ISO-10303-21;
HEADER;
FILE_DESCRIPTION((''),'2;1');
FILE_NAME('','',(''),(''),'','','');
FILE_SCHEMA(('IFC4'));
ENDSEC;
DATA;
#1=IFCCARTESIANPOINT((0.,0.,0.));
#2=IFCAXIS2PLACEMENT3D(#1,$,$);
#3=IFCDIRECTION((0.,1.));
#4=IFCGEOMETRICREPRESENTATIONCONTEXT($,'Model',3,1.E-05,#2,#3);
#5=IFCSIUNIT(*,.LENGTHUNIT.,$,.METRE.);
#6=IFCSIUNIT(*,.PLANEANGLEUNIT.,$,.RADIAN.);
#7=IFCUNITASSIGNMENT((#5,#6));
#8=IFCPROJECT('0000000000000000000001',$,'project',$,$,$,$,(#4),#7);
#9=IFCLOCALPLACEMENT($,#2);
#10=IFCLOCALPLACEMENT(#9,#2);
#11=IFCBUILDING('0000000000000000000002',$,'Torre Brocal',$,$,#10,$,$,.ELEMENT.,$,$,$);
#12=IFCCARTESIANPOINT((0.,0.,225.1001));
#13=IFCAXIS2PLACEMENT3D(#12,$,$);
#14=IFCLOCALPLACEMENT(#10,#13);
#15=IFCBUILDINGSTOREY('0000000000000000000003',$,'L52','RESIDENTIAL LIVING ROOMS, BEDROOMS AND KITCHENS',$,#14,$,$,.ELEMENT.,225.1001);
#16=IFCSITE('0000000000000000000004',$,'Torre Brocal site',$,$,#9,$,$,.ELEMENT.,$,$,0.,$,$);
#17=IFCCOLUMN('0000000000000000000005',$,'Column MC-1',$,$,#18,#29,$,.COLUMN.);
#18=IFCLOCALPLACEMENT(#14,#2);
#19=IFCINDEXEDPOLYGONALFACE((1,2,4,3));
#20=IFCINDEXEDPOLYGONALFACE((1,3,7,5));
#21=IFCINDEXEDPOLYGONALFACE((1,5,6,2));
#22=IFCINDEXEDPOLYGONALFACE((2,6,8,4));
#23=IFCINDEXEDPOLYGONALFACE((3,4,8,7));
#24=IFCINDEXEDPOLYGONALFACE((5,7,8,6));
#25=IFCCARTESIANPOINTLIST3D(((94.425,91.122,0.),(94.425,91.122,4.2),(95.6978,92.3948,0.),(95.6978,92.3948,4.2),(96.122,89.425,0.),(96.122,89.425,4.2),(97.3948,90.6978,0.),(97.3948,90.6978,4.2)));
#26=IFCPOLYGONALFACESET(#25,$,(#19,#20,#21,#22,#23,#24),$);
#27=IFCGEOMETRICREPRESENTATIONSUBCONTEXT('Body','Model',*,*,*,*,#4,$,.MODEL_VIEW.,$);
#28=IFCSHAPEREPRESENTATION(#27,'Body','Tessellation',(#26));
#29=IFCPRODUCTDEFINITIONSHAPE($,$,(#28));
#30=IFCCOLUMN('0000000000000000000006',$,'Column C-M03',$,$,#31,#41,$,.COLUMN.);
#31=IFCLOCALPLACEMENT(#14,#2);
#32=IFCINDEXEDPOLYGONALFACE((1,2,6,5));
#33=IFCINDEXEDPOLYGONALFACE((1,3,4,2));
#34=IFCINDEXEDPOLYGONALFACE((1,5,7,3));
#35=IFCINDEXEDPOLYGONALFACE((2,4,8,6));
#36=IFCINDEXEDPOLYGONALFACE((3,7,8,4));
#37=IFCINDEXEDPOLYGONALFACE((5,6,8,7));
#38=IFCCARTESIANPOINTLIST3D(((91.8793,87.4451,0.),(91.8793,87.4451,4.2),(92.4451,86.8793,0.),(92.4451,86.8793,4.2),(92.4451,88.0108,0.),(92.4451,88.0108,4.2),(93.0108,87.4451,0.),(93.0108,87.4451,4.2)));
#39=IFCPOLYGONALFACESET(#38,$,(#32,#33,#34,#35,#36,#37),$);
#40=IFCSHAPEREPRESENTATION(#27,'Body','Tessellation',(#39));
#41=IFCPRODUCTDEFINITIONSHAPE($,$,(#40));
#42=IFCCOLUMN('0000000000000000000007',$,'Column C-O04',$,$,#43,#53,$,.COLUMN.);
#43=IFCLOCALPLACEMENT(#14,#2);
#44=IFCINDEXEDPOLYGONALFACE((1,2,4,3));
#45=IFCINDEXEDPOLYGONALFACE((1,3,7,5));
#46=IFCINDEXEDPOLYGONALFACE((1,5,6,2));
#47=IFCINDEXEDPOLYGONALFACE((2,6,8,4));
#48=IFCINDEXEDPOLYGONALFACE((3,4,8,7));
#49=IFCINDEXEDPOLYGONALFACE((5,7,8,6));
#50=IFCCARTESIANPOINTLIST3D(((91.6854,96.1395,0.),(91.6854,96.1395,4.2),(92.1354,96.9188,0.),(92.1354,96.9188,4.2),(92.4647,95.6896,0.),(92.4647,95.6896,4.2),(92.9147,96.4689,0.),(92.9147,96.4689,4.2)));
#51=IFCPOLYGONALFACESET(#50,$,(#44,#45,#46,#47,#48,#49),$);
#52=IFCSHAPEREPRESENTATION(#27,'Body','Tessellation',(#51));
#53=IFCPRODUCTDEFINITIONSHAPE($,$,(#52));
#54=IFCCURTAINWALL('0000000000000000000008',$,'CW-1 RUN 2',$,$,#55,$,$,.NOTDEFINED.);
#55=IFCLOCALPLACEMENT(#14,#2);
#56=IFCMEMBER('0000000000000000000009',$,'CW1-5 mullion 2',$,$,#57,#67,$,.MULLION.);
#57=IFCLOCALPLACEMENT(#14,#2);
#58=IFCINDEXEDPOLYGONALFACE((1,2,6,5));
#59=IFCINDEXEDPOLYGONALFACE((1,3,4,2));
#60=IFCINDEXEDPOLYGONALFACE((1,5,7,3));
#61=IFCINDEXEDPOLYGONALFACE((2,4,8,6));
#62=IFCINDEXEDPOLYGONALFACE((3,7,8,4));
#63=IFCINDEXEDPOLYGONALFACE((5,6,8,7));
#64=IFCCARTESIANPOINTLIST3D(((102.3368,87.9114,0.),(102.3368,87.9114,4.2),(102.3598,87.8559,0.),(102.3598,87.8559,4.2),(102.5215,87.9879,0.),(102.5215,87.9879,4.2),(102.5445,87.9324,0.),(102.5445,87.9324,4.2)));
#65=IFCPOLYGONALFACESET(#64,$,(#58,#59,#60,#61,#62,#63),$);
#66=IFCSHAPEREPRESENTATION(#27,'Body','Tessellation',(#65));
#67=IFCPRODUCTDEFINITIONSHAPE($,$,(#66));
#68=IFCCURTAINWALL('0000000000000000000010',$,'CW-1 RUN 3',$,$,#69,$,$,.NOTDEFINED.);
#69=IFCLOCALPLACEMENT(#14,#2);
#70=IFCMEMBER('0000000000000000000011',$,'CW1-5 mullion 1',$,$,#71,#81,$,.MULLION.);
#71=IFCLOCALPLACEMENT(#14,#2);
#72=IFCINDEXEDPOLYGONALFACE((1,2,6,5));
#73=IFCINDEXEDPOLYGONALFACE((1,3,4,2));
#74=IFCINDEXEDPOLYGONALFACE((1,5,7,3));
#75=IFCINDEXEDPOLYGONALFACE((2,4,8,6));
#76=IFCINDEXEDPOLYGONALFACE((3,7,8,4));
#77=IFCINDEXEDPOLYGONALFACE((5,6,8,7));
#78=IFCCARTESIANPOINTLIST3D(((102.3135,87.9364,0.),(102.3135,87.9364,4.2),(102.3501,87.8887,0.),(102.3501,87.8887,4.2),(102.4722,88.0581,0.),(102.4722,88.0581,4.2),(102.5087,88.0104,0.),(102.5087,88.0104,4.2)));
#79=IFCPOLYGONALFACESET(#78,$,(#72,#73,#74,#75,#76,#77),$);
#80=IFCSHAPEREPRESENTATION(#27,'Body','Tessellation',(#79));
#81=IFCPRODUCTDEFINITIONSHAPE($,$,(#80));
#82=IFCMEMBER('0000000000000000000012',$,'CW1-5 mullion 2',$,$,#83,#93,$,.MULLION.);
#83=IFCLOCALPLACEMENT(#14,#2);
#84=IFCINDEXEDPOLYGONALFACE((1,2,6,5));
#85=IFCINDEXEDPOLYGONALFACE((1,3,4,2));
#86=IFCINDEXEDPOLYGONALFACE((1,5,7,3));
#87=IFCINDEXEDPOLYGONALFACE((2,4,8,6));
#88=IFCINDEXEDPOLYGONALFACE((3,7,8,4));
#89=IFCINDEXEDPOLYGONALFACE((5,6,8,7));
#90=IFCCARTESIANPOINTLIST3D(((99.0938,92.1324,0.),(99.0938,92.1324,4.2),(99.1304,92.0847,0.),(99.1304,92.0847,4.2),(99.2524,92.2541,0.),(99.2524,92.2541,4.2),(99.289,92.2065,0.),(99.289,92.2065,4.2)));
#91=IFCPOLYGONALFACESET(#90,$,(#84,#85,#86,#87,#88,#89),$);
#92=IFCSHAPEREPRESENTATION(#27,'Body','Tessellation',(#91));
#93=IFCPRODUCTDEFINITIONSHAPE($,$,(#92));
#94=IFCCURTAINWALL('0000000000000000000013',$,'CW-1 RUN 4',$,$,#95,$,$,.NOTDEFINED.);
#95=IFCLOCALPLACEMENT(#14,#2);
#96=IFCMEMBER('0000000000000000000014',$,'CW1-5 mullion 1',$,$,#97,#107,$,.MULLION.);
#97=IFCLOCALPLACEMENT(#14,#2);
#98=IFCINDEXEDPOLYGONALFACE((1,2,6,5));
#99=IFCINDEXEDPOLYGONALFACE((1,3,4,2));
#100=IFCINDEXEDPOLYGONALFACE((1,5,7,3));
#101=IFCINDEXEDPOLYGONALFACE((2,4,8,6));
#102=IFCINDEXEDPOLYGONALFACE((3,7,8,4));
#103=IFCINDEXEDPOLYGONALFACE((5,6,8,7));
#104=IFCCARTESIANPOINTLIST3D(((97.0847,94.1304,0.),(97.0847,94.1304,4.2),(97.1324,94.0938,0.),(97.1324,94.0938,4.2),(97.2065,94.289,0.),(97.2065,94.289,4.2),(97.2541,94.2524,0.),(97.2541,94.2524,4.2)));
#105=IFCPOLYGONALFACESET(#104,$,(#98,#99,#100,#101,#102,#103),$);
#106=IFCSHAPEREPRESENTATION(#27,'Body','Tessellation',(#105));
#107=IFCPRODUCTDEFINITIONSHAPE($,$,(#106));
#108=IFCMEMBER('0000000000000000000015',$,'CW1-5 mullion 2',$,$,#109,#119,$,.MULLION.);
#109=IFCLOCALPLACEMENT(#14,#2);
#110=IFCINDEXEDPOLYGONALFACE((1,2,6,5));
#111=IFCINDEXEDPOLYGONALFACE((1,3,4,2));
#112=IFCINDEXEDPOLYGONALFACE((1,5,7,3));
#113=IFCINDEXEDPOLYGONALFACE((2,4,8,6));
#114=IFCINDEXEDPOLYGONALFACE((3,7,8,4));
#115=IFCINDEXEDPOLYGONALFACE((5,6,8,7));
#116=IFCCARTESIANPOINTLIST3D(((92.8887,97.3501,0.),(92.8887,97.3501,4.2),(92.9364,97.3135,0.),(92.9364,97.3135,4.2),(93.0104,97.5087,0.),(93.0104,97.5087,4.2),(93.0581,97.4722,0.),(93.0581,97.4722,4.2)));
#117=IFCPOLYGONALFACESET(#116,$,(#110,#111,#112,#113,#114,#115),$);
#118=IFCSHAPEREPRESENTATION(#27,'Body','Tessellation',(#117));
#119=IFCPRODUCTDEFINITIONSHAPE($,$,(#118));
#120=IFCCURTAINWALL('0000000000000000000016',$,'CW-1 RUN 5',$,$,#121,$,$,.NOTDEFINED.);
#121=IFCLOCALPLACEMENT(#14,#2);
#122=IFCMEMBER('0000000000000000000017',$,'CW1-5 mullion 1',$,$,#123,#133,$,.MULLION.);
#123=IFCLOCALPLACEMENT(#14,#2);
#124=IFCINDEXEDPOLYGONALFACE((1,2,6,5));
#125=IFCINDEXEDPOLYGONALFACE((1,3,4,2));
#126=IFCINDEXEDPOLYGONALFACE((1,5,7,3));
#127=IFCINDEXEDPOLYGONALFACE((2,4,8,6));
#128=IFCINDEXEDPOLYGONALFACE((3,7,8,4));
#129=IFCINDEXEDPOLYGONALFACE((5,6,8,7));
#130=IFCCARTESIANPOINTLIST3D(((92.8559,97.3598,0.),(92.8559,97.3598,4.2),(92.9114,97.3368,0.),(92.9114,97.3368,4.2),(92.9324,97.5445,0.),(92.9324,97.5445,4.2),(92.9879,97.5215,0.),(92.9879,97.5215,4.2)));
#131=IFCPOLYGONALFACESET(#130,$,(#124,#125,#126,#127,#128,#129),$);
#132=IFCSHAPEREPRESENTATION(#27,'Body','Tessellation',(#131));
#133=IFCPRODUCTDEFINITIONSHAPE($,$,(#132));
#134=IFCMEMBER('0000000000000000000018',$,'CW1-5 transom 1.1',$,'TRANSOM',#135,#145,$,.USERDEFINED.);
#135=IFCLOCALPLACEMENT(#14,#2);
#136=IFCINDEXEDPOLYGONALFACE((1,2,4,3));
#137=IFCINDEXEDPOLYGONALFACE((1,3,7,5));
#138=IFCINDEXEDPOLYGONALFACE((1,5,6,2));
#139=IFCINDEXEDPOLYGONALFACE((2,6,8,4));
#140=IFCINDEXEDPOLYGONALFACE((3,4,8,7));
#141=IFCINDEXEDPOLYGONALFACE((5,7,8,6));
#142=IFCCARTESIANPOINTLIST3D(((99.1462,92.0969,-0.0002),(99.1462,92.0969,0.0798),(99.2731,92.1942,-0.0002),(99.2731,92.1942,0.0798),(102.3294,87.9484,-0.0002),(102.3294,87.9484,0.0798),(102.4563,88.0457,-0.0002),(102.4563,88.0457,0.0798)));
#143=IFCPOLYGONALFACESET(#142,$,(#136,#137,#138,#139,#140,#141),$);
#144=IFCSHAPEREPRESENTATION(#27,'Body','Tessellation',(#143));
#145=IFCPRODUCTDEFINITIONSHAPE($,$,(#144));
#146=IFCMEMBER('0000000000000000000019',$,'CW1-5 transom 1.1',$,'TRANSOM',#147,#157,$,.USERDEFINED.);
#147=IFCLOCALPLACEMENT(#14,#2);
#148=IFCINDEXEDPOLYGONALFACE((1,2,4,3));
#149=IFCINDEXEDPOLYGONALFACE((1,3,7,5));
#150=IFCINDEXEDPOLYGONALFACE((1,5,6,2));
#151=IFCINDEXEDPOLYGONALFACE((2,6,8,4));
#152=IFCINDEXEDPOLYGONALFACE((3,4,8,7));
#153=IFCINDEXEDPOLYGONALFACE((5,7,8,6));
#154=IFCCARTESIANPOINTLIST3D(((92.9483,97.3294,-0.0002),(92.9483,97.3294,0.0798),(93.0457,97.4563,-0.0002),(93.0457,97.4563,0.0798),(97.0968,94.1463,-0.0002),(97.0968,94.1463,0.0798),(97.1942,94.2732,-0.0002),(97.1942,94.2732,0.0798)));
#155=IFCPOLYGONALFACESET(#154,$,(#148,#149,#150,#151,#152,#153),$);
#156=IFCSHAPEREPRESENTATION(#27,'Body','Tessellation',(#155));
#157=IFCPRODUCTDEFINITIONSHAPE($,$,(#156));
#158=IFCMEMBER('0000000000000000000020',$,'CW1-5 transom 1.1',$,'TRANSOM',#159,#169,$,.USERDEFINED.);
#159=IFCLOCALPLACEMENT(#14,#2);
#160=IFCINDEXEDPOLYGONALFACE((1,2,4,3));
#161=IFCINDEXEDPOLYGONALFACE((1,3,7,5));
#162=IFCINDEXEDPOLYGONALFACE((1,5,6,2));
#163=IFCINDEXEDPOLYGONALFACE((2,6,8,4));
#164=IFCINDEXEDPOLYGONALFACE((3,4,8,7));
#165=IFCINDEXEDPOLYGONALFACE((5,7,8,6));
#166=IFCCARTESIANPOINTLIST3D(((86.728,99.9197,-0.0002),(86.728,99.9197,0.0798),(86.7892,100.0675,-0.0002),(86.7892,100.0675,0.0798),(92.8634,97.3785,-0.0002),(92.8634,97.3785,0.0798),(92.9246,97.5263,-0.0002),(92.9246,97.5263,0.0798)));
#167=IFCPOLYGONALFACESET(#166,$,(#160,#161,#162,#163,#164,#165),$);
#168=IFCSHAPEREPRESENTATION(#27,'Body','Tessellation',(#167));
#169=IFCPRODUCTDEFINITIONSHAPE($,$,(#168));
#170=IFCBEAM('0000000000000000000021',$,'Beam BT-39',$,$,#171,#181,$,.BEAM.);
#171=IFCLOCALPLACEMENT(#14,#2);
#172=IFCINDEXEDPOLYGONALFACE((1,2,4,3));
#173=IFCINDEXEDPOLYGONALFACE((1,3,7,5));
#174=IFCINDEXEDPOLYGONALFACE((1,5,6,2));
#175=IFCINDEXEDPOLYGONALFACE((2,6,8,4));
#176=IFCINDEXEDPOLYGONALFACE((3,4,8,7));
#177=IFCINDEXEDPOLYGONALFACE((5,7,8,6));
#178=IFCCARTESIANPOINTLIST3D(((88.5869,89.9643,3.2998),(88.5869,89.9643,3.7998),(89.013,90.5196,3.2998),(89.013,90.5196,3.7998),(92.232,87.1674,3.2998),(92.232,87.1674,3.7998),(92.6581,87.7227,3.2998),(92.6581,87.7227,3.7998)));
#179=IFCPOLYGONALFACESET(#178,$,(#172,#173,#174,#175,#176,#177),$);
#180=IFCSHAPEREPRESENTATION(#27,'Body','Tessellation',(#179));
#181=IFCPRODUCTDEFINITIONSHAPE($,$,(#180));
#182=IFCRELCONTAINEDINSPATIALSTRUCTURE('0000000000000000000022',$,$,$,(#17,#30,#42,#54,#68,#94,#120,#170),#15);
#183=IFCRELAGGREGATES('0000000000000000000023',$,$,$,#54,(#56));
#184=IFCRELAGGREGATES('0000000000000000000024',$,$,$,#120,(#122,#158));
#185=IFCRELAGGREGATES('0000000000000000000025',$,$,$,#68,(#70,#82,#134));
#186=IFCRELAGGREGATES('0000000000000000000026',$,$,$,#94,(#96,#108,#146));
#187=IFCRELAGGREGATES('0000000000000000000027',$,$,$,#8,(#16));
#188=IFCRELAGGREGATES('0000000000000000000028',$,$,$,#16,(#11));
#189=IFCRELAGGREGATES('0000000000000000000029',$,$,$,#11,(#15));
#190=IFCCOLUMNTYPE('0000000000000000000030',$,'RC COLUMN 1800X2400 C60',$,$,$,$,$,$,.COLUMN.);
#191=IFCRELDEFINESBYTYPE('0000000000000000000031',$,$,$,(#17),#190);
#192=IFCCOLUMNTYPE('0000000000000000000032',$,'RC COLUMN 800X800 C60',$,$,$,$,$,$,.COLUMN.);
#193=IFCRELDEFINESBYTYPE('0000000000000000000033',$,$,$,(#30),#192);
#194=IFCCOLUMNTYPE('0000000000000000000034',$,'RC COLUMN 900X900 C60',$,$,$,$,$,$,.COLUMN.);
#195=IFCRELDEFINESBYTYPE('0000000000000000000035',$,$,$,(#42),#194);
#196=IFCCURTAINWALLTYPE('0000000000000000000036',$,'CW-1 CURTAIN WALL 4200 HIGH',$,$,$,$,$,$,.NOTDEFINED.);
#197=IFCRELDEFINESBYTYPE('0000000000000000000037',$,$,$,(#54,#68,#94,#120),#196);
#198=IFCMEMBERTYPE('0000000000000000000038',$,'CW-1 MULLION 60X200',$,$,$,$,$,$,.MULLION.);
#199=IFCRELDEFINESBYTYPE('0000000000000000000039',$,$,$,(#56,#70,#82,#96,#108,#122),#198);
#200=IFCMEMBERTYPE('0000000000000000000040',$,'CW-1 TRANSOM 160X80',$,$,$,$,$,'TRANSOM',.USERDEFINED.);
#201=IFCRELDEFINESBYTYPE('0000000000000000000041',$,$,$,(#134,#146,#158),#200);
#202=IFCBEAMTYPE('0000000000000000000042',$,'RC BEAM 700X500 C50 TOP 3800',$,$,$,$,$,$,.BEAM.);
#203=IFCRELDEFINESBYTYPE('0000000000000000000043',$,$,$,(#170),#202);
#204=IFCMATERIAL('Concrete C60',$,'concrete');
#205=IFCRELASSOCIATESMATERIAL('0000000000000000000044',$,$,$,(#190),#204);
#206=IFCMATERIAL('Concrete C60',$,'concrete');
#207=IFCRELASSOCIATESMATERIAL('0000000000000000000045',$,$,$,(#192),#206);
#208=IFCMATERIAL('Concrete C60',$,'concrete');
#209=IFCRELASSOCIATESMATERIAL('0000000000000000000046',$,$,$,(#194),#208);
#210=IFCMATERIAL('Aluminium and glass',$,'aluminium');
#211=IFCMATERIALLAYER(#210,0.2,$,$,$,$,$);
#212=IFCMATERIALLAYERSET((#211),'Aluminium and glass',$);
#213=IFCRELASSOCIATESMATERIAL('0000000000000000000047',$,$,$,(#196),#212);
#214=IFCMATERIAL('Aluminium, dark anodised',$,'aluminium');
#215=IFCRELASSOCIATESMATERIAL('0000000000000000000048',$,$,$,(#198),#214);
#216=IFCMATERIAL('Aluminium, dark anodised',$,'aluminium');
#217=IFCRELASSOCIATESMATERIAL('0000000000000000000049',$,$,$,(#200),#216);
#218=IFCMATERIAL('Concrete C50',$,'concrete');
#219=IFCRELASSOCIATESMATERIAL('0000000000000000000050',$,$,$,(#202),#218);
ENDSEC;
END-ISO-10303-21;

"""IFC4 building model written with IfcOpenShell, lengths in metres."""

from ifc_helpers import new_model, si_unit, direction, frame, origin, origin_2d, place, context, subcontext, project, spatial, rectangle, extrude, material, layer, layer_set, material_profile, profile_set, type_object, element, aggregate, save


model = new_model("IFC4")

# Units and contexts
model_context = context("Model", 3, precision=1e-05, world=origin(), true_north=direction((0.0, 1.0)))
body_context = subcontext(model_context, "Body", "Model", "MODEL_VIEW")
ifc_project = project(units=[si_unit("LENGTHUNIT", "METRE"), si_unit("PLANEANGLEUNIT", "RADIAN")], contexts=[model_context])

# Site, building, storey
site_placement = place(None, origin())
site = spatial("IfcSite", under=ifc_project, at=site_placement, Name="Torre Brocal site", CompositionType="ELEMENT", RefElevation=0.0)
building_placement = place(site_placement, origin())
building = spatial("IfcBuilding", under=site, at=building_placement, Name="Torre Brocal", CompositionType="ELEMENT")
storey_placement = place(building_placement, frame((0.0, 0.0, 225.1001)))
storey = spatial("IfcBuildingStorey", under=building, at=storey_placement, Name="L52", Description="RESIDENTIAL LIVING ROOMS, BEDROOMS AND KITCHENS", CompositionType="ELEMENT", Elevation=225.1001)

# Columns
ifc_material_1 = material(Name="Concrete C60", Category="concrete")
ifc_material_profile_1 = material_profile(ifc_material_1, rectangle(XDim=1.8, YDim=2.3999, at=origin_2d()), Name="RC 1800X2400")
ifc_profile_set_1 = profile_set([ifc_material_profile_1], Name="Concrete C60")
column_type_1 = type_object("IfcColumnType", Name="RC COLUMN 1800X2400 C60", PredefinedType="COLUMN", material=ifc_profile_set_1)
column_1_placement = place(storey_placement, frame((95.9099, 90.9099, 0.0), z_axis=(0.0, 0.0, 1.0), x_axis=(0.707107, 0.707107, 0.0)))
element("IfcColumn", 1, at=column_1_placement, inside=storey, type_object=column_type_1, Name="Column MC-1", PredefinedType="COLUMN", context=body_context, shape_type="SweptSolid", body=[
    extrude(rectangle(XDim=1.8, YDim=2.3999, at=origin_2d()), origin(), (0.0, 0.0, 1.0), 4.2),
])
ifc_material_2 = material(Name="Concrete C60", Category="concrete")
ifc_material_profile_2 = material_profile(ifc_material_2, rectangle(XDim=0.8, YDim=0.8, at=origin_2d()), Name="RC 800X800")
ifc_profile_set_2 = profile_set([ifc_material_profile_2], Name="Concrete C60")
column_type_2 = type_object("IfcColumnType", Name="RC COLUMN 800X800 C60", PredefinedType="COLUMN", material=ifc_profile_set_2)
column_2_placement = place(storey_placement, frame((92.4451, 87.4451, 0.0), z_axis=(0.0, 0.0, 1.0), x_axis=(0.707107, 0.707107, 0.0)))
element("IfcColumn", 2, at=column_2_placement, inside=storey, type_object=column_type_2, Name="Column C-M03", PredefinedType="COLUMN", context=body_context, shape_type="SweptSolid", body=[
    extrude(rectangle(XDim=0.8, YDim=0.8, at=origin_2d()), origin(), (0.0, 0.0, 1.0), 4.2),
])
ifc_material_3 = material(Name="Concrete C60", Category="concrete")
ifc_material_profile_3 = material_profile(ifc_material_3, rectangle(XDim=0.8999, YDim=0.8999, at=origin_2d()), Name="RC 900X900")
ifc_profile_set_3 = profile_set([ifc_material_profile_3], Name="Concrete C60")
column_type_3 = type_object("IfcColumnType", Name="RC COLUMN 900X900 C60", PredefinedType="COLUMN", material=ifc_profile_set_3)
column_3_placement = place(storey_placement, frame((92.3, 96.3042, 0.0), z_axis=(0.0, 0.0, 1.0), x_axis=(0.5, 0.866025, 0.0)))
element("IfcColumn", 3, at=column_3_placement, inside=storey, type_object=column_type_3, Name="Column C-O04", PredefinedType="COLUMN", context=body_context, shape_type="SweptSolid", body=[
    extrude(rectangle(XDim=0.8999, YDim=0.8999, at=origin_2d()), origin(), (0.0, 0.0, 1.0), 4.2),
])

# Curtain wall, member
ifc_material_4 = material(Name="Aluminium and glass", Category="aluminium")
ifc_layer_1 = layer(ifc_material_4, 0.2)
ifc_layer_set_1 = layer_set([ifc_layer_1], Name="Aluminium and glass")
curtain_wall_type = type_object("IfcCurtainWallType", Name="CW-1 CURTAIN WALL 4200 HIGH", PredefinedType="NOTDEFINED", material=ifc_layer_set_1)
curtain_wall_1_placement = place(storey_placement, origin())
curtain_wall_1 = element("IfcCurtainWall", 4, at=curtain_wall_1_placement, inside=storey, type_object=curtain_wall_type, Name="CW-1 RUN 2", PredefinedType="NOTDEFINED")
ifc_material_5 = material(Name="Aluminium, dark anodised", Category="aluminium")
ifc_material_profile_4 = material_profile(ifc_material_5, rectangle(XDim=0.2, YDim=0.0601, at=origin_2d()), Name="CW-1 MULLION 60X200")
ifc_profile_set_4 = profile_set([ifc_material_profile_4], Name="Aluminium, dark anodised")
member_type_1 = type_object("IfcMemberType", Name="CW-1 MULLION 60X200", PredefinedType="MULLION", material=ifc_profile_set_4)
member_1_placement = place(storey_placement, frame((102.4407, 87.9219, 0.0), z_axis=(0.0, 0.0, 1.0), x_axis=(-0.92388, -0.382683, 0.0)))
member_1 = element("IfcMember", 5, at=member_1_placement, type_object=member_type_1, Name="CW1-5 mullion 2", PredefinedType="MULLION", context=body_context, shape_type="SweptSolid", body=[
    extrude(rectangle(XDim=0.2, YDim=0.0601, at=origin_2d()), origin(), (0.0, 0.0, 1.0), 4.2),
])
aggregate(curtain_wall_1, [member_1])

# Curtain walls, members
curtain_wall_2_placement = place(storey_placement, origin())
curtain_wall_2 = element("IfcCurtainWall", 6, at=curtain_wall_2_placement, inside=storey, type_object=curtain_wall_type, Name="CW-1 RUN 3", PredefinedType="NOTDEFINED")
member_2_placement = place(storey_placement, frame((102.4111, 87.9734, 0.0), z_axis=(0.0, 0.0, 1.0), x_axis=(-0.793353, -0.608761, 0.0)))
member_2 = element("IfcMember", 7, at=member_2_placement, type_object=member_type_1, Name="CW1-5 mullion 1", PredefinedType="MULLION", context=body_context, shape_type="SweptSolid", body=[
    extrude(rectangle(XDim=0.2, YDim=0.0601, at=origin_2d()), origin(), (0.0, 0.0, 1.0), 4.2),
])
member_3_placement = place(storey_placement, frame((99.1914, 92.1694, 0.0), z_axis=(0.0, 0.0, 1.0), x_axis=(-0.793353, -0.608761, 0.0)))
member_3 = element("IfcMember", 8, at=member_3_placement, type_object=member_type_1, Name="CW1-5 mullion 2", PredefinedType="MULLION", context=body_context, shape_type="SweptSolid", body=[
    extrude(rectangle(XDim=0.2, YDim=0.0601, at=origin_2d()), origin(), (0.0, 0.0, 1.0), 4.2),
])
curtain_wall_3_placement = place(storey_placement, origin())
curtain_wall_3 = element("IfcCurtainWall", 9, at=curtain_wall_3_placement, inside=storey, type_object=curtain_wall_type, Name="CW-1 RUN 4", PredefinedType="NOTDEFINED")
member_4_placement = place(storey_placement, frame((97.1694, 94.1914, 0.0), z_axis=(0.0, 0.0, 1.0), x_axis=(-0.608761, -0.793353, 0.0)))
member_4 = element("IfcMember", 10, at=member_4_placement, type_object=member_type_1, Name="CW1-5 mullion 1", PredefinedType="MULLION", context=body_context, shape_type="SweptSolid", body=[
    extrude(rectangle(XDim=0.2, YDim=0.0601, at=origin_2d()), origin(), (0.0, 0.0, 1.0), 4.2),
])
member_5_placement = place(storey_placement, frame((92.9734, 97.4111, 0.0), z_axis=(0.0, 0.0, 1.0), x_axis=(-0.608761, -0.793353, 0.0)))
member_5 = element("IfcMember", 11, at=member_5_placement, type_object=member_type_1, Name="CW1-5 mullion 2", PredefinedType="MULLION", context=body_context, shape_type="SweptSolid", body=[
    extrude(rectangle(XDim=0.2, YDim=0.0601, at=origin_2d()), origin(), (0.0, 0.0, 1.0), 4.2),
])

# Curtain wall, member
curtain_wall_4_placement = place(storey_placement, origin())
curtain_wall_4 = element("IfcCurtainWall", 12, at=curtain_wall_4_placement, inside=storey, type_object=curtain_wall_type, Name="CW-1 RUN 5", PredefinedType="NOTDEFINED")
member_6_placement = place(storey_placement, frame((92.9219, 97.4407, 0.0), z_axis=(0.0, 0.0, 1.0), x_axis=(-0.382683, -0.92388, 0.0)))
member_6 = element("IfcMember", 13, at=member_6_placement, type_object=member_type_1, Name="CW1-5 mullion 1", PredefinedType="MULLION", context=body_context, shape_type="SweptSolid", body=[
    extrude(rectangle(XDim=0.2, YDim=0.0601, at=origin_2d()), origin(), (0.0, 0.0, 1.0), 4.2),
])

# Members
ifc_material_6 = material(Name="Aluminium, dark anodised", Category="aluminium")
ifc_material_profile_5 = material_profile(ifc_material_6, rectangle(XDim=0.1599, YDim=0.0801, at=origin_2d()), Name="CW-1 TRANSOM 160X80")
ifc_profile_set_5 = profile_set([ifc_material_profile_5], Name="Aluminium, dark anodised")
member_type_2 = type_object("IfcMemberType", Name="CW-1 TRANSOM 160X80", ElementType="TRANSOM", PredefinedType="USERDEFINED", material=ifc_profile_set_5)
member_7_placement = place(storey_placement, frame((102.3928, 87.9971, 0.0398), z_axis=(-0.608749, 0.793363, 0.0), x_axis=(-0.793363, -0.608749, 0.0)))
member_7 = element("IfcMember", 14, at=member_7_placement, type_object=member_type_2, Name="CW1-5 transom 1.1", ObjectType="TRANSOM", PredefinedType="USERDEFINED", context=body_context, shape_type="SweptSolid", body=[
    extrude(rectangle(XDim=0.1599, YDim=0.0801, at=origin_2d()), origin(), (0.0, 0.0, 1.0), 5.229),
])
member_8_placement = place(storey_placement, frame((97.1455, 94.2097, 0.0398), z_axis=(-0.793363, 0.608749, 0.0), x_axis=(-0.608749, -0.793363, 0.0)))
member_8 = element("IfcMember", 15, at=member_8_placement, type_object=member_type_2, Name="CW1-5 transom 1.1", ObjectType="TRANSOM", PredefinedType="USERDEFINED", context=body_context, shape_type="SweptSolid", body=[
    extrude(rectangle(XDim=0.1599, YDim=0.0801, at=origin_2d()), origin(), (0.0, 0.0, 1.0), 5.229),
])
member_9_placement = place(storey_placement, frame((92.894, 97.4524, 0.0398), z_axis=(-0.923887, 0.382665, 0.0), x_axis=(-0.382665, -0.923887, 0.0)))
member_9 = element("IfcMember", 16, at=member_9_placement, type_object=member_type_2, Name="CW1-5 transom 1.1", ObjectType="TRANSOM", PredefinedType="USERDEFINED", context=body_context, shape_type="SweptSolid", body=[
    extrude(rectangle(XDim=0.1599, YDim=0.0801, at=origin_2d()), origin(), (0.0, 0.0, 1.0), 6.6409),
])
aggregate(curtain_wall_4, [member_6, member_9])

# Beam
ifc_material_7 = material(Name="Concrete C50", Category="concrete")
ifc_material_profile_6 = material_profile(ifc_material_7, rectangle(XDim=0.7, YDim=0.5, at=origin_2d()), Name="RC 700X500")
ifc_profile_set_6 = profile_set([ifc_material_profile_6], Name="Concrete C50")
beam_type_1 = type_object("IfcBeamType", Name="RC BEAM 700X500 C50 TOP 3800", PredefinedType="BEAM", material=ifc_profile_set_6)
beam_1_placement = place(storey_placement, frame((92.4451, 87.4451, 3.5498), z_axis=(-0.793358, 0.608755, 0.0), x_axis=(-0.608755, -0.793358, 0.0)))
element("IfcBeam", 17, at=beam_1_placement, inside=storey, type_object=beam_type_1, Name="Beam BT-39", PredefinedType="BEAM", context=body_context, shape_type="SweptSolid", body=[
    extrude(rectangle(XDim=0.7, YDim=0.5, at=origin_2d()), origin(), (0.0, 0.0, 1.0), 4.5945),
])

aggregate(curtain_wall_2, [member_2, member_3, member_7])
aggregate(curtain_wall_3, [member_4, member_5, member_8])

save(model, "model.ifc")
